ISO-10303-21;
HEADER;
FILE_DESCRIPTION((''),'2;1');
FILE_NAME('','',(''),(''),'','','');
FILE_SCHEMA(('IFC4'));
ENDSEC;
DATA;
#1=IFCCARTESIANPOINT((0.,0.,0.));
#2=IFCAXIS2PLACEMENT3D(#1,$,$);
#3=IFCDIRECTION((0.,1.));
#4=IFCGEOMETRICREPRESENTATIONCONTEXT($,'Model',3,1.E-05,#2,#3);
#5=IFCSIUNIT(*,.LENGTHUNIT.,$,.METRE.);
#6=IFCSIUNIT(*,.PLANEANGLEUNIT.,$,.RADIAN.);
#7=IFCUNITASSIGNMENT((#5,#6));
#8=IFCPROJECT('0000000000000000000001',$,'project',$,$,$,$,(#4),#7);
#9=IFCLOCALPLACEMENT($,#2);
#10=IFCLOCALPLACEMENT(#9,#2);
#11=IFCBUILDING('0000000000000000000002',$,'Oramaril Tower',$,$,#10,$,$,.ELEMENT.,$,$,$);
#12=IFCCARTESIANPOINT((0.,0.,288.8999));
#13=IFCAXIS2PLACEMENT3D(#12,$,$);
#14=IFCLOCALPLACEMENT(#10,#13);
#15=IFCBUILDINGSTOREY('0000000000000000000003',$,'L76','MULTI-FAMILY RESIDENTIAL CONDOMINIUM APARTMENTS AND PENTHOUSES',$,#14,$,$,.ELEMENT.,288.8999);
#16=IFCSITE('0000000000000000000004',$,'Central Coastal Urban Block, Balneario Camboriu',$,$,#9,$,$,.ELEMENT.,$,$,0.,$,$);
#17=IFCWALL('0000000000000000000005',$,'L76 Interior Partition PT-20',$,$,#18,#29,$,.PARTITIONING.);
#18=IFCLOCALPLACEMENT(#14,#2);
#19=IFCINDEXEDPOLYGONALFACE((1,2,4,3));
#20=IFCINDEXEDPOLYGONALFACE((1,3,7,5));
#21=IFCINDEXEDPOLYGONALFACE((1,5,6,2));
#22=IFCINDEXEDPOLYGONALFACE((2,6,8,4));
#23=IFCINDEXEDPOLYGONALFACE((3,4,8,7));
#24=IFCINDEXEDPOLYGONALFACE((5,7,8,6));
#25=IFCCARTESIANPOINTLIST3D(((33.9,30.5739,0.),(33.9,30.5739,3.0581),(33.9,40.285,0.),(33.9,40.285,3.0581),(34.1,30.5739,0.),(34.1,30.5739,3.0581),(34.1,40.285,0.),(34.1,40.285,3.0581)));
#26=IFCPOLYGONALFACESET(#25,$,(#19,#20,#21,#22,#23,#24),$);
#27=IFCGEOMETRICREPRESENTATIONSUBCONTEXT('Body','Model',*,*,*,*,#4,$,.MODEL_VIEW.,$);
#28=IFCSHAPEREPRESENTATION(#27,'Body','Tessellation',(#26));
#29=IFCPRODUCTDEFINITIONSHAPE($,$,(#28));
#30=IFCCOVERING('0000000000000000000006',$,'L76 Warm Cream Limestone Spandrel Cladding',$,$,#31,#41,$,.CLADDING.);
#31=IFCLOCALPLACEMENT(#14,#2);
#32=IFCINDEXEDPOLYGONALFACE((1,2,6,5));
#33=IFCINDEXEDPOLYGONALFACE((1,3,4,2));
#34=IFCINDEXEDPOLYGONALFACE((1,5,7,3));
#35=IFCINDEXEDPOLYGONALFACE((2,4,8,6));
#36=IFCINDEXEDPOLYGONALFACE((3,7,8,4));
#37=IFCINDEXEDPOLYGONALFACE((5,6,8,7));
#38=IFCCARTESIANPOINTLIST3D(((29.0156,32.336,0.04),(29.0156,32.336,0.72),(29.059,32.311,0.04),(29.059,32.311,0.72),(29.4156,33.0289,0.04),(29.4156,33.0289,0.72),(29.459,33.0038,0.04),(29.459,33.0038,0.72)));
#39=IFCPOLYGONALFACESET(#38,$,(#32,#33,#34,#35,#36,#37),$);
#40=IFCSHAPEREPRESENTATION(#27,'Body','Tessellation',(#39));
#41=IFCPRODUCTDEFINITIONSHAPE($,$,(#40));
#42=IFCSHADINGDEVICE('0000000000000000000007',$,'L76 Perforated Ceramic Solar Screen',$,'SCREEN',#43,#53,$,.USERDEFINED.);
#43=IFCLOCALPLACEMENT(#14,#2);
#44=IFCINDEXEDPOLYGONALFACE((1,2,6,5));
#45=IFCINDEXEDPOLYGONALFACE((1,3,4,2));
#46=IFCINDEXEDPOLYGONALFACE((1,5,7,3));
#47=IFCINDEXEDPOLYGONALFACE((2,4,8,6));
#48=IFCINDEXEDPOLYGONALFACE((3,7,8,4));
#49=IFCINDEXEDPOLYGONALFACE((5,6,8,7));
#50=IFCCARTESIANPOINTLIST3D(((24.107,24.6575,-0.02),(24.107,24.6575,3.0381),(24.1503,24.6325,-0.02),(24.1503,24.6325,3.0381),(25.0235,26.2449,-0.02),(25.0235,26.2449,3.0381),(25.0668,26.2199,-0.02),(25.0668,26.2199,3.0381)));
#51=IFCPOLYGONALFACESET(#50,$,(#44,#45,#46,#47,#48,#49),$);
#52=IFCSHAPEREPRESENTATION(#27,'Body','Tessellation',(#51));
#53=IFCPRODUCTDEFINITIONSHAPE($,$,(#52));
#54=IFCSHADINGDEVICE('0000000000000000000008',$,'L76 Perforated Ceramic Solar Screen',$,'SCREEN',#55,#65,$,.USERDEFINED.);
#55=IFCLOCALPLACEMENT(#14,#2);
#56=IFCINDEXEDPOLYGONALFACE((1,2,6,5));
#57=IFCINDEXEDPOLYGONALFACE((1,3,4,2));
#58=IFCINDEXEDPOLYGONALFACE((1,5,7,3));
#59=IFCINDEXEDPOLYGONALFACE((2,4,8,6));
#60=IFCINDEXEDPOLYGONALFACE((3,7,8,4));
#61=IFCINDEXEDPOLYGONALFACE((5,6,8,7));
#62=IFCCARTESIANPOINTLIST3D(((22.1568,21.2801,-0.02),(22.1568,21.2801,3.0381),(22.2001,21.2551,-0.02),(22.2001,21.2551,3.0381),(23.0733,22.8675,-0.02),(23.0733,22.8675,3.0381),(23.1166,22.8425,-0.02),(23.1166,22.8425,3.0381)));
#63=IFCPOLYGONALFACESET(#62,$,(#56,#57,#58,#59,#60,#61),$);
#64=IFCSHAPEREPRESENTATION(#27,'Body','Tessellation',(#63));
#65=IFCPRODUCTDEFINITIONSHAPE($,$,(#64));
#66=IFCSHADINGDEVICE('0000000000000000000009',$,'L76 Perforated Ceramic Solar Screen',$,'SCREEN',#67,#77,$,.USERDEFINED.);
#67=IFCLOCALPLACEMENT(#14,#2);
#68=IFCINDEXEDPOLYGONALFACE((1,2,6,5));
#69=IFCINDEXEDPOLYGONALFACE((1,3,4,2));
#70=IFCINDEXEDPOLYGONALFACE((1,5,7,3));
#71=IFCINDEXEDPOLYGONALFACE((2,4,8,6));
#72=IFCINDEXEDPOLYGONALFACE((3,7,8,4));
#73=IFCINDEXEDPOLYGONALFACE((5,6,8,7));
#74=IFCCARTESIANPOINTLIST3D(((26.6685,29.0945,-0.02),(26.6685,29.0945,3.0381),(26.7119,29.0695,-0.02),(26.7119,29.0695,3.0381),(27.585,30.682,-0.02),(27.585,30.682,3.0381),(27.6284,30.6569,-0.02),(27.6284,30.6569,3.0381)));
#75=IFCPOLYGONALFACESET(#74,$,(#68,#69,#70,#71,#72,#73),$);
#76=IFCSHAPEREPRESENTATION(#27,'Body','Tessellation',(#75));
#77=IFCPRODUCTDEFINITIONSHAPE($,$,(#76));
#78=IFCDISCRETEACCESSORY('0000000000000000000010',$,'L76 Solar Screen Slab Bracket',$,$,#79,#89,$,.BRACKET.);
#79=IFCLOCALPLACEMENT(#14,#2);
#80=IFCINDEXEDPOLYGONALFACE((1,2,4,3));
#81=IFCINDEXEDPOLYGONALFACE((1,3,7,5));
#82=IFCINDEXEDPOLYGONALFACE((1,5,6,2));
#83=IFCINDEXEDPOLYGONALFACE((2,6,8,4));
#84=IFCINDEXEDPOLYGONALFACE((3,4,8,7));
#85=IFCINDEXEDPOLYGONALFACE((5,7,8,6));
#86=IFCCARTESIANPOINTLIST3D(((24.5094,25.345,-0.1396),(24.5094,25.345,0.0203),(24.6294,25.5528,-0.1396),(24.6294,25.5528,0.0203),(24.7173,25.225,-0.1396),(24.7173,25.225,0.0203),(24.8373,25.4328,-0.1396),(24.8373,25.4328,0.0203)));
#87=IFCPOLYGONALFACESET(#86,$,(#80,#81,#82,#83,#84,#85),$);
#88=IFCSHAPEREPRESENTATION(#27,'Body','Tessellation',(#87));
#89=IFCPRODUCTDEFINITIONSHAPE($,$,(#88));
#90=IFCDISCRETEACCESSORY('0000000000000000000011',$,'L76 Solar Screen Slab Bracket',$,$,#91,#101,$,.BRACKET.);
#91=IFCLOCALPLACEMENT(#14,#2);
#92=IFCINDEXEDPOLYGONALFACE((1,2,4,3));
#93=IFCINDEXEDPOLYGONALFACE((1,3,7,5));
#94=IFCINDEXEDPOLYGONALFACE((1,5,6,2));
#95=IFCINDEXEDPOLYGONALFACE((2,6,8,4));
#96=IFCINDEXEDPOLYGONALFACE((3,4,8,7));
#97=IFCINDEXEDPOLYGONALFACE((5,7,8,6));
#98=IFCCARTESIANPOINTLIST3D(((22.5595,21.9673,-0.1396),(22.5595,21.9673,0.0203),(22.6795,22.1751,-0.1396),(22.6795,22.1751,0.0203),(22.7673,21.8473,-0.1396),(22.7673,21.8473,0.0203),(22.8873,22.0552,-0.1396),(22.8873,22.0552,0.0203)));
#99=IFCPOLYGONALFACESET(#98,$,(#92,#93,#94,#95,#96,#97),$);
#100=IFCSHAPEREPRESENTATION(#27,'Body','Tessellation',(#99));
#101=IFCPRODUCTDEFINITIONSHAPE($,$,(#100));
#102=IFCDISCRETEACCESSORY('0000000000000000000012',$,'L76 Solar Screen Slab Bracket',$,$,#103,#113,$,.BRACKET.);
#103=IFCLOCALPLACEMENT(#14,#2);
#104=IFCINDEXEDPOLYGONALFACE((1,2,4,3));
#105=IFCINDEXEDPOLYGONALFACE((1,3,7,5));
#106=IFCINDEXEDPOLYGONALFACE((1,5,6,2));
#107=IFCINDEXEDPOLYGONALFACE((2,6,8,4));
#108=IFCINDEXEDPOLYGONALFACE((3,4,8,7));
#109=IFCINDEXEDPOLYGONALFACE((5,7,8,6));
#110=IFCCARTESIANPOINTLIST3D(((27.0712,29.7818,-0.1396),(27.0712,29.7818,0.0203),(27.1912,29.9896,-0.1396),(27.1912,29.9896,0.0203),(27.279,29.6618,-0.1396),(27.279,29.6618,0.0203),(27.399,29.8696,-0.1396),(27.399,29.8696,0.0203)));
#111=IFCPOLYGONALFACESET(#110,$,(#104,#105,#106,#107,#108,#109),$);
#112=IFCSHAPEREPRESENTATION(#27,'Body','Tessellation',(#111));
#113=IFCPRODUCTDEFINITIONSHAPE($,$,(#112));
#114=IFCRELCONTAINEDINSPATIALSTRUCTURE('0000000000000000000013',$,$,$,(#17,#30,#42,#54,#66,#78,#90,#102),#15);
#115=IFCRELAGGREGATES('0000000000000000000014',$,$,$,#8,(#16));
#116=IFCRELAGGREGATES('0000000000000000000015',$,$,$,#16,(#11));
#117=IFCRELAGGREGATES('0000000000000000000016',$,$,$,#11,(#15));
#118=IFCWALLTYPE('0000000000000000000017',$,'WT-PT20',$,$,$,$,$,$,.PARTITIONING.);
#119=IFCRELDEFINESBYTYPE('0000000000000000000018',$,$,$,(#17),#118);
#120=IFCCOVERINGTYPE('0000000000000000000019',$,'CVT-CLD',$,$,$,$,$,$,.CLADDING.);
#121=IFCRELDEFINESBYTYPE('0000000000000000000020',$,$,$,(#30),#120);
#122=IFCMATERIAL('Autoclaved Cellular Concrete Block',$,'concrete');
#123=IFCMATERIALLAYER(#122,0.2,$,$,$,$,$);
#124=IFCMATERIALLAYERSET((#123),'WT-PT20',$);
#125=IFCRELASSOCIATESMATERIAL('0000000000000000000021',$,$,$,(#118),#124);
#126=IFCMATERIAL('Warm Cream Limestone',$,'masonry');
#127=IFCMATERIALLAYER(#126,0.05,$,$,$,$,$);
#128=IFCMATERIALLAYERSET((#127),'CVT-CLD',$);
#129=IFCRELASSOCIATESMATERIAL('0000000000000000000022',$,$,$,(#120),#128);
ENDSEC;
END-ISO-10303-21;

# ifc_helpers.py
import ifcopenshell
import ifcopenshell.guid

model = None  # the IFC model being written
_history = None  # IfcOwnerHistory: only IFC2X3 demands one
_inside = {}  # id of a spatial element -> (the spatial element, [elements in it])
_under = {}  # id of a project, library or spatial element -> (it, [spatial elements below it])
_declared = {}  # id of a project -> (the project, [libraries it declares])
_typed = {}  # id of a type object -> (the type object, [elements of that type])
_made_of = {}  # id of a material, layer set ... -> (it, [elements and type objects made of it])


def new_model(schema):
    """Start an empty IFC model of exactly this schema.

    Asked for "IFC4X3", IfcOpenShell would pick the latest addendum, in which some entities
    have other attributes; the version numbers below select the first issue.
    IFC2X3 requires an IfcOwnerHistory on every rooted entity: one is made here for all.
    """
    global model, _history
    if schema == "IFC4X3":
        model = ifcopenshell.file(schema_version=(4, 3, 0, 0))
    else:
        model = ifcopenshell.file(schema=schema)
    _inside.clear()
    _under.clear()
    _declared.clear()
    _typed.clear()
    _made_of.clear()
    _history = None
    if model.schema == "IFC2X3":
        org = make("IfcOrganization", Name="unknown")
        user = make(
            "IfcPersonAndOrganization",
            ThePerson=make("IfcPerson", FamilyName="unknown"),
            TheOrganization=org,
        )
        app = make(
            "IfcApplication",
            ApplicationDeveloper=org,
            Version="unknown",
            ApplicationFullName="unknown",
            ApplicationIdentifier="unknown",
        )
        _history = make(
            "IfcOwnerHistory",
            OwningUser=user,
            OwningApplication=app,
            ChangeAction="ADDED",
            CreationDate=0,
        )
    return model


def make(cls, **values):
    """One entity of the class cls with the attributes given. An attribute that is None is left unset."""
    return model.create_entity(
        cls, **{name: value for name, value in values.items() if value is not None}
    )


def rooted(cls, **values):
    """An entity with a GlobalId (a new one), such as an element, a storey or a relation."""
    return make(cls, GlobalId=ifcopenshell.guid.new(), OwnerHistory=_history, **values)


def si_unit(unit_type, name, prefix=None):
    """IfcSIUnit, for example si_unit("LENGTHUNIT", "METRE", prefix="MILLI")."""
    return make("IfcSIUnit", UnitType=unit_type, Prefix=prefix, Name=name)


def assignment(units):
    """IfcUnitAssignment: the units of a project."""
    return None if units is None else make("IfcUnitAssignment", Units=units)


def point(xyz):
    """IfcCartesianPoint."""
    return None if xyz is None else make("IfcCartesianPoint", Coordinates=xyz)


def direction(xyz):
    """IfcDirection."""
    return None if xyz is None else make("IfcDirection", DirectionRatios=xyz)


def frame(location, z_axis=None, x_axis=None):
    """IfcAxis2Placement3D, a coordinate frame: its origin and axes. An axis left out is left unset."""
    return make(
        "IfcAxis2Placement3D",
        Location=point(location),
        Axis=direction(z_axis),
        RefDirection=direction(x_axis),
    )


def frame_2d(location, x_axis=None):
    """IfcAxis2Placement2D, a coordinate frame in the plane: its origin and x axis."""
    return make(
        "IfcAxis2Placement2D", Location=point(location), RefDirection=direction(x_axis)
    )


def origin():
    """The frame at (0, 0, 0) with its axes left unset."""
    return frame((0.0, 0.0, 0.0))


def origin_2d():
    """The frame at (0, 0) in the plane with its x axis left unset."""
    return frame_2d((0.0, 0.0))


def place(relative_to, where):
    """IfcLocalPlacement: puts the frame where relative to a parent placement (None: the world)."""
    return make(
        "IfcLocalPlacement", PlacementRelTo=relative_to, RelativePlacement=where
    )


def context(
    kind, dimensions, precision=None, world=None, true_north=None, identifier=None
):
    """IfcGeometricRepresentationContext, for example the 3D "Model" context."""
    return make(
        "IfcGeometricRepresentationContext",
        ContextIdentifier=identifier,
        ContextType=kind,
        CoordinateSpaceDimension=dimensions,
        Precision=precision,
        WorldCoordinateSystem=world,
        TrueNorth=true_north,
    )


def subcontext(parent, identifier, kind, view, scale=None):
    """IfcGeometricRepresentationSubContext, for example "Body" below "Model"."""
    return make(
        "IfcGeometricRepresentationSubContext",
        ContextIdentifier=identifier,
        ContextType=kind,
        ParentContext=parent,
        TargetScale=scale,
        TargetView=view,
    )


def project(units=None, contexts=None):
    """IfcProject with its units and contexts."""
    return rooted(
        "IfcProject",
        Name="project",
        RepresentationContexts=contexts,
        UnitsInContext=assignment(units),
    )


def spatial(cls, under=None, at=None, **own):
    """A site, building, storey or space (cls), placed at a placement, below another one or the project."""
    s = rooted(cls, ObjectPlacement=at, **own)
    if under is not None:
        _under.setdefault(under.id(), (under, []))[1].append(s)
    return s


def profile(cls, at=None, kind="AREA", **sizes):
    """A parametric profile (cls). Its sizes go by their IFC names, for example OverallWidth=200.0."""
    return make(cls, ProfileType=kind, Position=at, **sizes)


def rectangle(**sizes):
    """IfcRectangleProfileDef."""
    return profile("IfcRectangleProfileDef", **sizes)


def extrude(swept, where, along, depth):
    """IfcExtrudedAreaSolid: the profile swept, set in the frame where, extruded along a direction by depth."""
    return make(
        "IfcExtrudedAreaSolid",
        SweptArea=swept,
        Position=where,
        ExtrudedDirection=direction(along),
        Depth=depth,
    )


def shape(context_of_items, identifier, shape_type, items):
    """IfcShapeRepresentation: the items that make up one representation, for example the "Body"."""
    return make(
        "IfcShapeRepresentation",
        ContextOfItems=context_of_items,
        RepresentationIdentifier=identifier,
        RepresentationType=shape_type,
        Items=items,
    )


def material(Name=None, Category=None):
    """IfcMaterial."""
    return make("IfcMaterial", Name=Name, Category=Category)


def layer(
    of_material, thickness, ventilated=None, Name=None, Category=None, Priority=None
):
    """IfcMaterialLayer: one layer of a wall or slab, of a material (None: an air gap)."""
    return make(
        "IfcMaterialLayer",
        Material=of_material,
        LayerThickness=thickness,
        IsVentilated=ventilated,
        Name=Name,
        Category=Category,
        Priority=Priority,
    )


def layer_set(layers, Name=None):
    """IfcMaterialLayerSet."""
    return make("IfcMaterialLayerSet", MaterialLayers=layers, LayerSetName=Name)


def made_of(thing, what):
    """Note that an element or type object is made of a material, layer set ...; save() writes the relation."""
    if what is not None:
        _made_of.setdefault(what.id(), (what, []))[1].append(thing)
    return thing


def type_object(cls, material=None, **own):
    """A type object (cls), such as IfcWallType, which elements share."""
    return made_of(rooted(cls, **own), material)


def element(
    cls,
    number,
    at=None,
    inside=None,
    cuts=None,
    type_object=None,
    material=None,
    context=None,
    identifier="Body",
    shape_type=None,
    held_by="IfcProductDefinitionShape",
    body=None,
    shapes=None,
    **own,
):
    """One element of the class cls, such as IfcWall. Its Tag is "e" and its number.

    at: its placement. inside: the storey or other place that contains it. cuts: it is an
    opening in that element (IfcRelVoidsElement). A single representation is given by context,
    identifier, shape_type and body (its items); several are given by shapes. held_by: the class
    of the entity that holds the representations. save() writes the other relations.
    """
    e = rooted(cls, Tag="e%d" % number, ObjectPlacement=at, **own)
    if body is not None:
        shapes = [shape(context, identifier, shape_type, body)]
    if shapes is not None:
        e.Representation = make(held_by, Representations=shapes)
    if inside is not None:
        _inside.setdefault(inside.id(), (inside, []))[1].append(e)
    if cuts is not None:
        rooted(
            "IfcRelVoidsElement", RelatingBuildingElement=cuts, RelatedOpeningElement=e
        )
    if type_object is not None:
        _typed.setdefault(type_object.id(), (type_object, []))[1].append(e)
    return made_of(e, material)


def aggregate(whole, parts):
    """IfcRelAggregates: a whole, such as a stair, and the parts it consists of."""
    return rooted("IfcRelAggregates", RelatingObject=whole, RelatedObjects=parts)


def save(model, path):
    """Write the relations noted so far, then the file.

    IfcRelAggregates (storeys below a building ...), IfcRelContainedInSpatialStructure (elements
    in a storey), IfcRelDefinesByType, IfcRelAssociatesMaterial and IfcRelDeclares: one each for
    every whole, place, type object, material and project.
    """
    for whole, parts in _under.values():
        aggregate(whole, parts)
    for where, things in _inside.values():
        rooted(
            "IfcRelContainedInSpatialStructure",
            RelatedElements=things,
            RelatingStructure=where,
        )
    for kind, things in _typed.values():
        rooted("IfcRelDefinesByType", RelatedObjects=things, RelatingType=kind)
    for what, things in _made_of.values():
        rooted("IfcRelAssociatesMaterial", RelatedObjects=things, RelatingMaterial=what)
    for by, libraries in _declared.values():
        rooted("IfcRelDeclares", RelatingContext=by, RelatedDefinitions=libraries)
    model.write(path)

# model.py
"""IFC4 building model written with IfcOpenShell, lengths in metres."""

from ifc_helpers import new_model, si_unit, direction, frame, frame_2d, origin, origin_2d, place, context, subcontext, project, spatial, rectangle, extrude, material, layer, layer_set, type_object, element, save


model = new_model("IFC4")

# Units and contexts
model_context = context("Model", 3, precision=1e-05, world=origin(), true_north=direction((0.0, 1.0)))
body_context = subcontext(model_context, "Body", "Model", "MODEL_VIEW")
ifc_project = project(units=[si_unit("LENGTHUNIT", "METRE"), si_unit("PLANEANGLEUNIT", "RADIAN")], contexts=[model_context])

# Site, building, storey
site_placement = place(None, origin())
site = spatial("IfcSite", under=ifc_project, at=site_placement, Name="Central Coastal Urban Block, Balneario Camboriu", CompositionType="ELEMENT", RefElevation=0.0)
building_placement = place(site_placement, origin())
building = spatial("IfcBuilding", under=site, at=building_placement, Name="Oramaril Tower", CompositionType="ELEMENT")
storey_placement = place(building_placement, frame((0.0, 0.0, 288.8999)))
storey = spatial("IfcBuildingStorey", under=building, at=storey_placement, Name="L76", Description="MULTI-FAMILY RESIDENTIAL CONDOMINIUM APARTMENTS AND PENTHOUSES", CompositionType="ELEMENT", Elevation=288.8999)

# Shared definitions
ifc_material_1 = material(Name="Autoclaved Cellular Concrete Block", Category="concrete")
ifc_layer_1 = layer(ifc_material_1, 0.2)
ifc_layer_set_1 = layer_set([ifc_layer_1], Name="WT-PT20")
wall_type_1 = type_object("IfcWallType", Name="WT-PT20", PredefinedType="PARTITIONING", material=ifc_layer_set_1)

# Wall
wall_1_placement = place(storey_placement, frame((34.0, 30.574, 0.0), z_axis=(0.0, 0.0, 1.0), x_axis=(0.0, 1.0, 0.0)))
element("IfcWall", 1, at=wall_1_placement, inside=storey, type_object=wall_type_1, Name="L76 Interior Partition PT-20", PredefinedType="PARTITIONING", context=body_context, shape_type="SweptSolid", body=[
    extrude(rectangle(XDim=9.7112, YDim=0.2, at=frame_2d((4.8555, 0.0))), origin(), (0.0, 0.0, 1.0), 3.0581),
])

# Covering
ifc_material_2 = material(Name="Warm Cream Limestone", Category="masonry")
ifc_layer_2 = layer(ifc_material_2, 0.05)
ifc_layer_set_2 = layer_set([ifc_layer_2], Name="CVT-CLD")
covering_type = type_object("IfcCoveringType", Name="CVT-CLD", PredefinedType="CLADDING", material=ifc_layer_set_2)
covering_placement = place(storey_placement, frame((29.2373, 32.6699, 0.04), z_axis=(0.0, 0.0, 1.0), x_axis=(-0.499998, -0.866026, 0.0)))
element("IfcCovering", 2, at=covering_placement, inside=storey, type_object=covering_type, Name="L76 Warm Cream Limestone Spandrel Cladding", PredefinedType="CLADDING", context=body_context, shape_type="SweptSolid", body=[
    extrude(rectangle(XDim=0.8, YDim=0.05, at=origin_2d()), origin(), (0.0, 0.0, 1.0), 0.6799),
])

# Shading devices
for number, where, z_axis, x_axis, name in (
    (3, (24.5869, 25.4387, -0.02), (0.0, 0.0, 1.0), (-0.499998, -0.866026, 0.0), "L76 Perforated Ceramic Solar Screen"),
    (4, (22.6367, 22.0613, -0.02), (0.0, 0.0, 1.0), (-0.499998, -0.866026, 0.0), "L76 Perforated Ceramic Solar Screen"),
    (5, (27.1484, 29.8757, -0.02), (0.0, 0.0, 1.0), (-0.499998, -0.866026, 0.0), "L76 Perforated Ceramic Solar Screen"),
):
    element("IfcShadingDevice", number, at=place(storey_placement, frame(where, z_axis=z_axis, x_axis=x_axis)), inside=storey, Name=name, ObjectType="SCREEN", PredefinedType="USERDEFINED", context=body_context, shape_type="SweptSolid", body=[
        extrude(rectangle(XDim=1.833, YDim=0.05, at=origin_2d()), origin(), (0.0, 0.0, 1.0), 3.0581),
    ])

# Discrete accessories
for number, where, z_axis, x_axis, name in (
    (6, (24.6733, 25.3889, -0.1396), (0.0, 0.0, 1.0), (-0.499998, -0.866026, 0.0), "L76 Solar Screen Slab Bracket"),
    (7, (22.7234, 22.0112, -0.1396), (0.0, 0.0, 1.0), (-0.499998, -0.866026, 0.0), "L76 Solar Screen Slab Bracket"),
    (8, (27.2351, 29.8257, -0.1396), (0.0, 0.0, 1.0), (-0.499998, -0.866026, 0.0), "L76 Solar Screen Slab Bracket"),
):
    element("IfcDiscreteAccessory", number, at=place(storey_placement, frame(where, z_axis=z_axis, x_axis=x_axis)), inside=storey, Name=name, PredefinedType="BRACKET", context=body_context, shape_type="SweptSolid", body=[
        extrude(rectangle(XDim=0.24, YDim=0.24, at=origin_2d()), origin(), (0.0, 0.0, 1.0), 0.1599),
    ])

save(model, "model.ifc")
